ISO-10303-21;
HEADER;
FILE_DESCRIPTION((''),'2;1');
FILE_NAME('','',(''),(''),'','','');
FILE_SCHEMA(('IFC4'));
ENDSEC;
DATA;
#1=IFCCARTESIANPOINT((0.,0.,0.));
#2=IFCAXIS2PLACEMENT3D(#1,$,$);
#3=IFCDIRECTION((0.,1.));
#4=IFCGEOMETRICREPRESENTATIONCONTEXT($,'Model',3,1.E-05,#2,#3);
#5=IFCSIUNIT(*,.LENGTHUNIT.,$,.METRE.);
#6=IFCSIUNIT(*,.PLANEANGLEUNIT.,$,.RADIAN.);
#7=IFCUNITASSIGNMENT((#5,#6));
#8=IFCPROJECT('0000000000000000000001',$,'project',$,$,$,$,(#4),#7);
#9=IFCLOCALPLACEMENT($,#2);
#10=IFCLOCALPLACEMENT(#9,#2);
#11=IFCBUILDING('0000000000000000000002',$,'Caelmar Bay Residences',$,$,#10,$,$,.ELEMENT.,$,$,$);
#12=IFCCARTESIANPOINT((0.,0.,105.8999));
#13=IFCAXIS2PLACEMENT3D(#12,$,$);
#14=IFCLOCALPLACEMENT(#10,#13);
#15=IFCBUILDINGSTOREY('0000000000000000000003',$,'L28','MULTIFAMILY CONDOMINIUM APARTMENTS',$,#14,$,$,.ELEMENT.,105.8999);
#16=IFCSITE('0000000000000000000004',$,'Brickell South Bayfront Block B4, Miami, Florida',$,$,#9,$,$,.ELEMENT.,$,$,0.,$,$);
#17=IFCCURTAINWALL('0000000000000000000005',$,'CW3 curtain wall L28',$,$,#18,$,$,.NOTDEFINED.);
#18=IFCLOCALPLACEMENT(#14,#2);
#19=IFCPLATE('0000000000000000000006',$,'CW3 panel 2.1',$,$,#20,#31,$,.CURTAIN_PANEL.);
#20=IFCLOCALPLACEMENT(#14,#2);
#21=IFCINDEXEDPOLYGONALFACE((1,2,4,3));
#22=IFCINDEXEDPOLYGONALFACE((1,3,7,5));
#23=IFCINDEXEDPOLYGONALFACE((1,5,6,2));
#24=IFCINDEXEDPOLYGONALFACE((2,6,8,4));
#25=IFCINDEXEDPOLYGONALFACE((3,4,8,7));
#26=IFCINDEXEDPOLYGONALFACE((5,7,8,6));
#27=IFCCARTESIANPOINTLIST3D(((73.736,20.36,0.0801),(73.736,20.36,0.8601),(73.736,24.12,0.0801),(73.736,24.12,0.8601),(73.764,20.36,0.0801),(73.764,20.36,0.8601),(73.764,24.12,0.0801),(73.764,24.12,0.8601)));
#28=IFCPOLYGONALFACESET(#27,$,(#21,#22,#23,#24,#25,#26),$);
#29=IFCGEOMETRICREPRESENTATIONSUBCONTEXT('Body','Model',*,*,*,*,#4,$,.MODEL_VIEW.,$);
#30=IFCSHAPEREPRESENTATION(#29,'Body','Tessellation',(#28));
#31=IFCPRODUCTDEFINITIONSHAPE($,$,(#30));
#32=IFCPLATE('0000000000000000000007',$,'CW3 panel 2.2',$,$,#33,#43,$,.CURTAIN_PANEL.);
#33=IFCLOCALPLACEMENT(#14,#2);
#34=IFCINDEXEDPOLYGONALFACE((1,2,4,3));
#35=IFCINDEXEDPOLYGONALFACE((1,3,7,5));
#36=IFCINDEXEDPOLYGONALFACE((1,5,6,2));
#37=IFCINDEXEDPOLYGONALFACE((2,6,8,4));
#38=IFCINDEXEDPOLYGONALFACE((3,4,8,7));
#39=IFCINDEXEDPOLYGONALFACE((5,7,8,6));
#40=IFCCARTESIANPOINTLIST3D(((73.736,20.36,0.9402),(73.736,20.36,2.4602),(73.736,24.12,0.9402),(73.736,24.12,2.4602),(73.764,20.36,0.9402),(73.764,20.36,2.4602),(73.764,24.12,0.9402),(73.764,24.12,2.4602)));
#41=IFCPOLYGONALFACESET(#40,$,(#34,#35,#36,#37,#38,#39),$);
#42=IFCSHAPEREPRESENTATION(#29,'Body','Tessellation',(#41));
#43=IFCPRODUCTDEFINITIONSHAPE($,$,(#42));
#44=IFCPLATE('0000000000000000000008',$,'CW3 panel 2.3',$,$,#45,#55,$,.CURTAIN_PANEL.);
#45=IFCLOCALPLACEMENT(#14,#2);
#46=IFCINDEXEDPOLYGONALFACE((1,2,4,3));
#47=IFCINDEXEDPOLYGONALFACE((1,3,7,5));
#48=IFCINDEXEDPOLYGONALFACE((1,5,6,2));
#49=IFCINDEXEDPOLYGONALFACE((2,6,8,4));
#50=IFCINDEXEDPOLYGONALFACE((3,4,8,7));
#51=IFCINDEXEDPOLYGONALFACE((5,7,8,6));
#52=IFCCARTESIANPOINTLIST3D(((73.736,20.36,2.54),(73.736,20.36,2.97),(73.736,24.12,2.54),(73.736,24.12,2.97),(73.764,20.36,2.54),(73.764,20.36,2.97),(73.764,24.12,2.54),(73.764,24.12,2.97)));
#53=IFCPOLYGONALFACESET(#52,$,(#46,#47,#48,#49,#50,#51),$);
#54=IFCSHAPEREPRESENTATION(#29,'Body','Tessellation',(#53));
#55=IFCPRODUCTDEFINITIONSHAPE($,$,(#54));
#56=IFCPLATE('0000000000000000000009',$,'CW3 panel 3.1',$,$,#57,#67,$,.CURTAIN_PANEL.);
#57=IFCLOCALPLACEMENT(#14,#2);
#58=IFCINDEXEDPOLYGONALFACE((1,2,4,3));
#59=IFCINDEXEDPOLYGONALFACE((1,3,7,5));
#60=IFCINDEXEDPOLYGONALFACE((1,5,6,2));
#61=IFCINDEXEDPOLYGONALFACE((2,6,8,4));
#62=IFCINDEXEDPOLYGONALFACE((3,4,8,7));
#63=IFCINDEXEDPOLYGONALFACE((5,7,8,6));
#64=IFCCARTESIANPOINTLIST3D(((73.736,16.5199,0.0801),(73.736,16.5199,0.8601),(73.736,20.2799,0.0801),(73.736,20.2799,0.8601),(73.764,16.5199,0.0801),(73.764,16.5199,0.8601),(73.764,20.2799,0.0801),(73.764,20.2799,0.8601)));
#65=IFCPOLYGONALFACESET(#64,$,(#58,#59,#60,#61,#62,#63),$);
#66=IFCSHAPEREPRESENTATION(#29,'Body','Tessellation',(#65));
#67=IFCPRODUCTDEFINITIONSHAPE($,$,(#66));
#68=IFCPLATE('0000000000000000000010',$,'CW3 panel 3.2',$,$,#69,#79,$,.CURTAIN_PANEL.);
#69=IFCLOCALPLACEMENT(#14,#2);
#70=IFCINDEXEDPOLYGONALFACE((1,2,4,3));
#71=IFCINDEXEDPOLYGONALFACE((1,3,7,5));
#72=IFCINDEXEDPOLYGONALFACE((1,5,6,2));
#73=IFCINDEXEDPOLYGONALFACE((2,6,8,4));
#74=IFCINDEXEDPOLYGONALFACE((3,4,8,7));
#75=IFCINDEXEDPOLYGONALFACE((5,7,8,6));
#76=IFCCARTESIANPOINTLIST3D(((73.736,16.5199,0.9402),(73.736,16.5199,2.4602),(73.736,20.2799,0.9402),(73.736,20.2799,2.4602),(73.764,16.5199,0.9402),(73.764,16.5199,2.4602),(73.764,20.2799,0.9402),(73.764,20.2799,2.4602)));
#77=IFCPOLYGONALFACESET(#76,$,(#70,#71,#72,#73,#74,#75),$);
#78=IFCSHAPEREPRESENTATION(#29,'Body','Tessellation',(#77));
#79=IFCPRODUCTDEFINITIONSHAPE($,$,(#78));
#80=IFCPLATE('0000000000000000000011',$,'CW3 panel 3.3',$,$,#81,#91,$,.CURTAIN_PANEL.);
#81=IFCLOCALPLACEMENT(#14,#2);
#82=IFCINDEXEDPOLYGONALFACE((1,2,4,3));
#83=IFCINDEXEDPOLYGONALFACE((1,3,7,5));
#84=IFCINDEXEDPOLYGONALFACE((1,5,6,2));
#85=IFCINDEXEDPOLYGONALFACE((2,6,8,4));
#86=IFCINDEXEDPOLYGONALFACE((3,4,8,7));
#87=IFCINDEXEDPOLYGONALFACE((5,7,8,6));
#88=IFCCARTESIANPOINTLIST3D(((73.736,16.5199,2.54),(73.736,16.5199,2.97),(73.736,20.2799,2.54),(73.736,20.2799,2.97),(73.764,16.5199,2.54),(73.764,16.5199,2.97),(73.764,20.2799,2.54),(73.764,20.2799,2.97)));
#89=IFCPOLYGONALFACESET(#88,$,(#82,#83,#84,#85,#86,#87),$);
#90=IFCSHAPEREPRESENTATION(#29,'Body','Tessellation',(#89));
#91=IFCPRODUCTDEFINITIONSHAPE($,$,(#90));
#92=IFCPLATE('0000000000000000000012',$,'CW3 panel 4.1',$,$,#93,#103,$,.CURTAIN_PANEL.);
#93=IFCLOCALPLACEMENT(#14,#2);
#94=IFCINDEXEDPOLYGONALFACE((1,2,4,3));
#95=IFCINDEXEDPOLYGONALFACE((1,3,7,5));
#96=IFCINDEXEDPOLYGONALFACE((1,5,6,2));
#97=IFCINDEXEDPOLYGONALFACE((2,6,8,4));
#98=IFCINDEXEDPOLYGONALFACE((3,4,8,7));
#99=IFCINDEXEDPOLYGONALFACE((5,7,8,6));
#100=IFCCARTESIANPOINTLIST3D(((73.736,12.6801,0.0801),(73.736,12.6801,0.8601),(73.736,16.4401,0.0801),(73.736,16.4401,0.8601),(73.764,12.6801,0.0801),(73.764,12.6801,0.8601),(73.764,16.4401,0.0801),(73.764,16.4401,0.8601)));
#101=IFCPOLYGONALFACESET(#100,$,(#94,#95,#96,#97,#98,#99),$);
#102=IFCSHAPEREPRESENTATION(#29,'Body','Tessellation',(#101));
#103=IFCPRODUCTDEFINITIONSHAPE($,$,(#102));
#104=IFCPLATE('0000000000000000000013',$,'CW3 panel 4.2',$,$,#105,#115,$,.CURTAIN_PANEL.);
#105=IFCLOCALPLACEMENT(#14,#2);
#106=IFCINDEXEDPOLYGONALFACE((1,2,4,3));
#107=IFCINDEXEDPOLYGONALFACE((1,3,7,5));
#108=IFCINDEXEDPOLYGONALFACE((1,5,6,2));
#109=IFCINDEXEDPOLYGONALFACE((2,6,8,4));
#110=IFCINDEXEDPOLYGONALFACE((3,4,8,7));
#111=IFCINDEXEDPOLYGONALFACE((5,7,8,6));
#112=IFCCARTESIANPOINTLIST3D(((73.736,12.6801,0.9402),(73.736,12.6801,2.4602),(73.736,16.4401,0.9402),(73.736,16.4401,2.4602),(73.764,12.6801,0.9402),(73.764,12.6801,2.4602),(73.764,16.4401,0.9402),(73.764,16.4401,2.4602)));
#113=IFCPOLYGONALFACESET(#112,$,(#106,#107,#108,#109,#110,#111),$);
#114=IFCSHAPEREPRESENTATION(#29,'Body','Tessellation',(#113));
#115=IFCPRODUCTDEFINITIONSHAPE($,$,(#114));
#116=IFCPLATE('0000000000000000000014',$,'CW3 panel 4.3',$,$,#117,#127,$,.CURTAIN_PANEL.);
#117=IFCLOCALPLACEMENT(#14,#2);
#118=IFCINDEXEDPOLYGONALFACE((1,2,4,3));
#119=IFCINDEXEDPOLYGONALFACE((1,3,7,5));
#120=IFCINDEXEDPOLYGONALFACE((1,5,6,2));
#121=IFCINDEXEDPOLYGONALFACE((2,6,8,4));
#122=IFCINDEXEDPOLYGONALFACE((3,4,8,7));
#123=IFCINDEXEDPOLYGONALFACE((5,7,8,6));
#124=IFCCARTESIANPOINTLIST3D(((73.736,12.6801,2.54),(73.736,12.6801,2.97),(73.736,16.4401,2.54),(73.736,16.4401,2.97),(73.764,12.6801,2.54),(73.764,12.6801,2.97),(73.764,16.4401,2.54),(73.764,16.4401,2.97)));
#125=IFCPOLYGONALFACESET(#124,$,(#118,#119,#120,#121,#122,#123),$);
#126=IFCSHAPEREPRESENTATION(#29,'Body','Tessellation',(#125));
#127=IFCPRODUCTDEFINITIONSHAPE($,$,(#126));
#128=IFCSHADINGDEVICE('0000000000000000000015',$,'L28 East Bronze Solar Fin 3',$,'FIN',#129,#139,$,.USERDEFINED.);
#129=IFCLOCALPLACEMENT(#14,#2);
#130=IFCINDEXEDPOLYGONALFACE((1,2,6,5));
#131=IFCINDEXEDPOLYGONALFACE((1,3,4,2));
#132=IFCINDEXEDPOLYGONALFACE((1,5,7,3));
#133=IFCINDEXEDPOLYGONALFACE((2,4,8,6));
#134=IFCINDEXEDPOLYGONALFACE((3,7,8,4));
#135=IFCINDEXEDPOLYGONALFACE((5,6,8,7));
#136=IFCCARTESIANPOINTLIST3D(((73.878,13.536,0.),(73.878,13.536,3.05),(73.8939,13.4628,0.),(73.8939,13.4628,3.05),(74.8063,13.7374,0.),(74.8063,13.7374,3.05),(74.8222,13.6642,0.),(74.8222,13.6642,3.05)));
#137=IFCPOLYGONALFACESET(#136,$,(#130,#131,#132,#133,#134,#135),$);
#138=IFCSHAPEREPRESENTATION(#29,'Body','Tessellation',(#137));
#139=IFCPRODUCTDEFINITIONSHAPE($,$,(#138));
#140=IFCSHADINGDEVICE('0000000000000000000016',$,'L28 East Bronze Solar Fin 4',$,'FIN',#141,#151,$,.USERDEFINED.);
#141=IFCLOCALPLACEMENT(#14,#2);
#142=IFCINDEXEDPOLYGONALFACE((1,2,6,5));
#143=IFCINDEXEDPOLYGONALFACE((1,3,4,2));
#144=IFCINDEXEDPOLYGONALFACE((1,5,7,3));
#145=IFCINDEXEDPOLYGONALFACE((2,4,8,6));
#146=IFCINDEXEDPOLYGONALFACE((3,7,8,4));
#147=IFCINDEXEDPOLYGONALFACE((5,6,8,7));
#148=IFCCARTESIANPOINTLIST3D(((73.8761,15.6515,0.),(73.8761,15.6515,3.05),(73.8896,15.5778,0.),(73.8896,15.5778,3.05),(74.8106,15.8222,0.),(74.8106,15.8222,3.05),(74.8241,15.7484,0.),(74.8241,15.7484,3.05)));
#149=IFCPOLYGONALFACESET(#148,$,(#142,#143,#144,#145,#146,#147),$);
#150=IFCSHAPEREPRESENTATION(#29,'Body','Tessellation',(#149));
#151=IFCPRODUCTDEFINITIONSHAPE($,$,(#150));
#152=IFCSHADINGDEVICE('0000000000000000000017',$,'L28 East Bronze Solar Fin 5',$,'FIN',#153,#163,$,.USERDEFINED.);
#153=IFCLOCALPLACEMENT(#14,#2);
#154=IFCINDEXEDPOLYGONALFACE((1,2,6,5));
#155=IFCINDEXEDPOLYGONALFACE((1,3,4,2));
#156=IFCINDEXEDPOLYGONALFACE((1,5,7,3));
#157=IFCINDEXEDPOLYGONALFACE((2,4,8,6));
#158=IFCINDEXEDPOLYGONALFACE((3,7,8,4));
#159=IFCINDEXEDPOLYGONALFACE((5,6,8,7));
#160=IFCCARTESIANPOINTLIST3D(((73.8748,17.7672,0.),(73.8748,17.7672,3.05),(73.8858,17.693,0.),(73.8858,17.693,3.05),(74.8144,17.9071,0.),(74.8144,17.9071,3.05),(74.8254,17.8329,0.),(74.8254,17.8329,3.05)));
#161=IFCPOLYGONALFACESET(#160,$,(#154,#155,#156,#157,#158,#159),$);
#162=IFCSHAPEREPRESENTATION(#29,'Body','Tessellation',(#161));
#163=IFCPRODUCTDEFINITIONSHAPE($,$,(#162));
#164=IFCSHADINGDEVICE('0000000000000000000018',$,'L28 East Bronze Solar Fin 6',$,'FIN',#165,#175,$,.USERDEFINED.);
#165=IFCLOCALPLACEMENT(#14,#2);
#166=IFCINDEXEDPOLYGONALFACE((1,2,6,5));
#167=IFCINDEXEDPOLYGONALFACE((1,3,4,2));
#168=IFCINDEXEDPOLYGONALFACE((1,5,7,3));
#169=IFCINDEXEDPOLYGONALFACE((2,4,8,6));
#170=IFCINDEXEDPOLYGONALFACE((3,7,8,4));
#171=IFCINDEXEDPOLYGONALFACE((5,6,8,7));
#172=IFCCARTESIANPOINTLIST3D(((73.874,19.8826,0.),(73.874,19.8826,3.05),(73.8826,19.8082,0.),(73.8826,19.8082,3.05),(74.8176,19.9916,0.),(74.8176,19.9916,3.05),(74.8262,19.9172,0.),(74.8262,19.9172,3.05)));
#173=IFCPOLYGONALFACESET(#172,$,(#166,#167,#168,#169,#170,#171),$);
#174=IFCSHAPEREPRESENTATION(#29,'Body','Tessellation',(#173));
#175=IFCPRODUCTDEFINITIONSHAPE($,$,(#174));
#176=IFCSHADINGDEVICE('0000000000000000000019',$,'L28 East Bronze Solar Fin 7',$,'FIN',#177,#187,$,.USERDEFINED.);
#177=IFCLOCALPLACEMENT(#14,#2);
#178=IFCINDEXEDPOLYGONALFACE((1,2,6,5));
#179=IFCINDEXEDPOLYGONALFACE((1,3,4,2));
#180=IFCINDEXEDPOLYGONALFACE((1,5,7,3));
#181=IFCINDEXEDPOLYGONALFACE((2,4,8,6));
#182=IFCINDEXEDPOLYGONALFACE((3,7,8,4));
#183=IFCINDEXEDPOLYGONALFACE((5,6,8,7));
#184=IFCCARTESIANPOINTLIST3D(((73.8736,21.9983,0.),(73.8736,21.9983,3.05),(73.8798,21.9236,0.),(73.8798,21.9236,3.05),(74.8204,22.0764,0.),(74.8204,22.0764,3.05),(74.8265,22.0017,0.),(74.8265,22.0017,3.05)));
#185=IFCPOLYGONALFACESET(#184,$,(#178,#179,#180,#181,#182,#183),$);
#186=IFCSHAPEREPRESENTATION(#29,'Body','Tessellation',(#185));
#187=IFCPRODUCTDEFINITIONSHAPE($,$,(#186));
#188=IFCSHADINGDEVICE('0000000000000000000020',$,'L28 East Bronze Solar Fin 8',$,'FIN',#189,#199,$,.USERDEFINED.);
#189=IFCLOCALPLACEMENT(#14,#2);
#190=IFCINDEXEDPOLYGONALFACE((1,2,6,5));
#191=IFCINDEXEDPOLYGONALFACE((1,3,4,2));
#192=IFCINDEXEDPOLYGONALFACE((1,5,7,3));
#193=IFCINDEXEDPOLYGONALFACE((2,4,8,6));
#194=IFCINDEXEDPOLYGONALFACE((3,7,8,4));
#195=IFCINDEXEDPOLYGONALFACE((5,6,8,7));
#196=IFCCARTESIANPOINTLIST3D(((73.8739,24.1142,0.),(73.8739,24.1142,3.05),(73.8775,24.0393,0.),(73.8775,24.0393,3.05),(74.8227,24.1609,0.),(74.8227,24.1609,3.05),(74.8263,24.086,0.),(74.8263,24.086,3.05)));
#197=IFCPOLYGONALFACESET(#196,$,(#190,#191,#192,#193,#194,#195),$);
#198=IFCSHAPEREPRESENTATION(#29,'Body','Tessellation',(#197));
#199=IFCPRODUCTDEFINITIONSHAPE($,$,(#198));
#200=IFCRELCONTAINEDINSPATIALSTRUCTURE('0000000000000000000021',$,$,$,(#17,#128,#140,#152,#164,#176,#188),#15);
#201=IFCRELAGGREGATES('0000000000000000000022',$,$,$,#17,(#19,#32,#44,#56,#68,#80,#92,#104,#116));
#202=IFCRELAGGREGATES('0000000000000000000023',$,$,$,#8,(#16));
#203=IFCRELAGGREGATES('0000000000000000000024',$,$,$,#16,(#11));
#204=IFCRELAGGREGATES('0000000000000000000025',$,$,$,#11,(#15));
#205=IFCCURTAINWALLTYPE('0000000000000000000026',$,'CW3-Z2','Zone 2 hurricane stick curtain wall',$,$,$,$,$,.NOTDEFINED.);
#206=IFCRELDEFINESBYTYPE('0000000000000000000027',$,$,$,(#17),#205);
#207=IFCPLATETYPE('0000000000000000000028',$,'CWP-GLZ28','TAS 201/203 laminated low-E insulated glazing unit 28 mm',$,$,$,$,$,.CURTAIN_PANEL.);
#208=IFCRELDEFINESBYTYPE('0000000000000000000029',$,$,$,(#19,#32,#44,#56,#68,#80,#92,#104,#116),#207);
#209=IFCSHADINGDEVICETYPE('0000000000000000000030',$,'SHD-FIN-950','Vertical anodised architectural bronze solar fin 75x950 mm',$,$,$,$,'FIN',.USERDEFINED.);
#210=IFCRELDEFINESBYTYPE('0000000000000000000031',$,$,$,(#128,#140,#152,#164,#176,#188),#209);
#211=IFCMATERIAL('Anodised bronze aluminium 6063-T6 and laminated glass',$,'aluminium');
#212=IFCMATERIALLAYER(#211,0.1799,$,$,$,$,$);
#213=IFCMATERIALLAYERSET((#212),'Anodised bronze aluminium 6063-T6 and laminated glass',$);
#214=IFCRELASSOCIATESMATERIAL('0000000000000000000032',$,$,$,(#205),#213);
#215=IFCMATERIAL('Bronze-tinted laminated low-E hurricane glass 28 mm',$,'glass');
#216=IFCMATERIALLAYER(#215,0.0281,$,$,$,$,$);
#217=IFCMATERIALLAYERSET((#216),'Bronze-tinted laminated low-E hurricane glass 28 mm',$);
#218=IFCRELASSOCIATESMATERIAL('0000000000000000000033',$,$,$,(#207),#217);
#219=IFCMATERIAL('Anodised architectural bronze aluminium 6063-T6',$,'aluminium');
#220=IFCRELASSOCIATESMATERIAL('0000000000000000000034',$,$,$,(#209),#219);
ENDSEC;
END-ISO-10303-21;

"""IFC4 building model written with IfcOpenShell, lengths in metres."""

from ifc_helpers import new_model, si_unit, direction, frame, origin, origin_2d, place, context, subcontext, project, spatial, rectangle, extrude, material, layer, layer_set, material_profile, profile_set, type_object, element, aggregate, save


model = new_model("IFC4")

# Units and contexts
model_context = context("Model", 3, precision=1e-05, world=origin(), true_north=direction((0.0, 1.0)))
body_context = subcontext(model_context, "Body", "Model", "MODEL_VIEW")
ifc_project = project(units=[si_unit("LENGTHUNIT", "METRE"), si_unit("PLANEANGLEUNIT", "RADIAN")], contexts=[model_context])

# Site, building, storey
site_placement = place(None, origin())
site = spatial("IfcSite", under=ifc_project, at=site_placement, Name="Brickell South Bayfront Block B4, Miami, Florida", CompositionType="ELEMENT", RefElevation=0.0)
building_placement = place(site_placement, origin())
building = spatial("IfcBuilding", under=site, at=building_placement, Name="Caelmar Bay Residences", CompositionType="ELEMENT")
storey_placement = place(building_placement, frame((0.0, 0.0, 105.8999)))
storey = spatial("IfcBuildingStorey", under=building, at=storey_placement, Name="L28", Description="MULTIFAMILY CONDOMINIUM APARTMENTS", CompositionType="ELEMENT", Elevation=105.8999)

# Curtain wall, plates
ifc_material_1 = material(Name="Anodised bronze aluminium 6063-T6 and laminated glass", Category="aluminium")
ifc_layer_1 = layer(ifc_material_1, 0.1799)
ifc_layer_set_1 = layer_set([ifc_layer_1], Name="Anodised bronze aluminium 6063-T6 and laminated glass")
curtain_wall_type = type_object("IfcCurtainWallType", Name="CW3-Z2", Description="Zone 2 hurricane stick curtain wall", PredefinedType="NOTDEFINED", material=ifc_layer_set_1)
curtain_wall_placement = place(storey_placement, origin())
curtain_wall = element("IfcCurtainWall", 1, at=curtain_wall_placement, inside=storey, type_object=curtain_wall_type, Name="CW3 curtain wall L28", PredefinedType="NOTDEFINED")
ifc_material_2 = material(Name="Bronze-tinted laminated low-E hurricane glass 28 mm", Category="glass")
ifc_layer_2 = layer(ifc_material_2, 0.0281)
ifc_layer_set_2 = layer_set([ifc_layer_2], Name="Bronze-tinted laminated low-E hurricane glass 28 mm")
plate_type = type_object("IfcPlateType", Name="CWP-GLZ28", Description="TAS 201/203 laminated low-E insulated glazing unit 28 mm", PredefinedType="CURTAIN_PANEL", material=ifc_layer_set_2)
plate_1_placement = place(storey_placement, frame((73.75, 22.24, 0.0801), z_axis=(0.0, 0.0, 1.0), x_axis=(0.0, -1.0, 0.0)))
plate_1 = element("IfcPlate", 2, at=plate_1_placement, type_object=plate_type, Name="CW3 panel 2.1", PredefinedType="CURTAIN_PANEL", context=body_context, shape_type="SweptSolid", body=[
    extrude(rectangle(XDim=3.76, YDim=0.0281, at=origin_2d()), origin(), (0.0, 0.0, 1.0), 0.78),
])
plate_2_placement = place(storey_placement, frame((73.75, 22.24, 0.9402), z_axis=(0.0, 0.0, 1.0), x_axis=(0.0, -1.0, 0.0)))
plate_2 = element("IfcPlate", 3, at=plate_2_placement, type_object=plate_type, Name="CW3 panel 2.2", PredefinedType="CURTAIN_PANEL", context=body_context, shape_type="SweptSolid", body=[
    extrude(rectangle(XDim=3.76, YDim=0.0281, at=origin_2d()), origin(), (0.0, 0.0, 1.0), 1.52),
])
plate_3_placement = place(storey_placement, frame((73.75, 22.24, 2.54), z_axis=(0.0, 0.0, 1.0), x_axis=(0.0, -1.0, 0.0)))
plate_3 = element("IfcPlate", 4, at=plate_3_placement, type_object=plate_type, Name="CW3 panel 2.3", PredefinedType="CURTAIN_PANEL", context=body_context, shape_type="SweptSolid", body=[
    extrude(rectangle(XDim=3.76, YDim=0.0281, at=origin_2d()), origin(), (0.0, 0.0, 1.0), 0.4299),
])
plate_4_placement = place(storey_placement, frame((73.75, 18.3999, 0.0801), z_axis=(0.0, 0.0, 1.0), x_axis=(0.0, -1.0, 0.0)))
plate_4 = element("IfcPlate", 5, at=plate_4_placement, type_object=plate_type, Name="CW3 panel 3.1", PredefinedType="CURTAIN_PANEL", context=body_context, shape_type="SweptSolid", body=[
    extrude(rectangle(XDim=3.76, YDim=0.0281, at=origin_2d()), origin(), (0.0, 0.0, 1.0), 0.78),
])
plate_5_placement = place(storey_placement, frame((73.75, 18.3999, 0.9402), z_axis=(0.0, 0.0, 1.0), x_axis=(0.0, -1.0, 0.0)))
plate_5 = element("IfcPlate", 6, at=plate_5_placement, type_object=plate_type, Name="CW3 panel 3.2", PredefinedType="CURTAIN_PANEL", context=body_context, shape_type="SweptSolid", body=[
    extrude(rectangle(XDim=3.76, YDim=0.0281, at=origin_2d()), origin(), (0.0, 0.0, 1.0), 1.52),
])
plate_6_placement = place(storey_placement, frame((73.75, 18.3999, 2.54), z_axis=(0.0, 0.0, 1.0), x_axis=(0.0, -1.0, 0.0)))
plate_6 = element("IfcPlate", 7, at=plate_6_placement, type_object=plate_type, Name="CW3 panel 3.3", PredefinedType="CURTAIN_PANEL", context=body_context, shape_type="SweptSolid", body=[
    extrude(rectangle(XDim=3.76, YDim=0.0281, at=origin_2d()), origin(), (0.0, 0.0, 1.0), 0.4299),
])
plate_7_placement = place(storey_placement, frame((73.75, 14.5601, 0.0801), z_axis=(0.0, 0.0, 1.0), x_axis=(0.0, -1.0, 0.0)))
plate_7 = element("IfcPlate", 8, at=plate_7_placement, type_object=plate_type, Name="CW3 panel 4.1", PredefinedType="CURTAIN_PANEL", context=body_context, shape_type="SweptSolid", body=[
    extrude(rectangle(XDim=3.76, YDim=0.0281, at=origin_2d()), origin(), (0.0, 0.0, 1.0), 0.78),
])
plate_8_placement = place(storey_placement, frame((73.75, 14.5601, 0.9402), z_axis=(0.0, 0.0, 1.0), x_axis=(0.0, -1.0, 0.0)))
plate_8 = element("IfcPlate", 9, at=plate_8_placement, type_object=plate_type, Name="CW3 panel 4.2", PredefinedType="CURTAIN_PANEL", context=body_context, shape_type="SweptSolid", body=[
    extrude(rectangle(XDim=3.76, YDim=0.0281, at=origin_2d()), origin(), (0.0, 0.0, 1.0), 1.52),
])
plate_9_placement = place(storey_placement, frame((73.75, 14.5601, 2.54), z_axis=(0.0, 0.0, 1.0), x_axis=(0.0, -1.0, 0.0)))
plate_9 = element("IfcPlate", 10, at=plate_9_placement, type_object=plate_type, Name="CW3 panel 4.3", PredefinedType="CURTAIN_PANEL", context=body_context, shape_type="SweptSolid", body=[
    extrude(rectangle(XDim=3.76, YDim=0.0281, at=origin_2d()), origin(), (0.0, 0.0, 1.0), 0.4299),
])
aggregate(curtain_wall, [plate_1, plate_2, plate_3, plate_4, plate_5, plate_6, plate_7, plate_8, plate_9])

# Shading devices
ifc_material_3 = material(Name="Anodised architectural bronze aluminium 6063-T6", Category="aluminium")
ifc_material_profile_1 = material_profile(ifc_material_3, rectangle(XDim=0.075, YDim=0.95, at=origin_2d()), Name="BRONZE-FIN-75X950")
ifc_profile_set_1 = profile_set([ifc_material_profile_1], Name="Anodised architectural bronze aluminium 6063-T6")
shading_device_type = type_object("IfcShadingDeviceType", Name="SHD-FIN-950", Description="Vertical anodised architectural bronze solar fin 75x950 mm", ElementType="FIN", PredefinedType="USERDEFINED", material=ifc_profile_set_1)
for number, where, z_axis, x_axis, name in (
    (11, (74.3501, 13.6001, 0.0), (0.0, 0.0, 1.0), (-0.212007, 0.977268, 0.0), "L28 East Bronze Solar Fin 3"),
    (12, (74.3501, 15.7, 0.0), (0.0, 0.0, 1.0), (-0.179661, 0.983729, 0.0), "L28 East Bronze Solar Fin 4"),
    (13, (74.3501, 17.8, 0.0), (0.0, 0.0, 1.0), (-0.147292, 0.989093, 0.0), "L28 East Bronze Solar Fin 5"),
    (14, (74.3501, 19.8999, 0.0), (0.0, 0.0, 1.0), (-0.114764, 0.993393, 0.0), "L28 East Bronze Solar Fin 6"),
    (15, (74.3501, 22.0, 0.0), (0.0, 0.0, 1.0), (-0.082112, 0.996623, 0.0), "L28 East Bronze Solar Fin 7"),
    (16, (74.3501, 24.1001, 0.0), (0.0, 0.0, 1.0), (-0.049198, 0.998789, 0.0), "L28 East Bronze Solar Fin 8"),
):
    element("IfcShadingDevice", number, at=place(storey_placement, frame(where, z_axis=z_axis, x_axis=x_axis)), inside=storey, type_object=shading_device_type, Name=name, ObjectType="FIN", PredefinedType="USERDEFINED", context=body_context, shape_type="SweptSolid", body=[
        extrude(rectangle(XDim=0.075, YDim=0.95, at=origin_2d()), origin(), (0.0, 0.0, 1.0), 3.05),
    ])

save(model, "model.ifc")
